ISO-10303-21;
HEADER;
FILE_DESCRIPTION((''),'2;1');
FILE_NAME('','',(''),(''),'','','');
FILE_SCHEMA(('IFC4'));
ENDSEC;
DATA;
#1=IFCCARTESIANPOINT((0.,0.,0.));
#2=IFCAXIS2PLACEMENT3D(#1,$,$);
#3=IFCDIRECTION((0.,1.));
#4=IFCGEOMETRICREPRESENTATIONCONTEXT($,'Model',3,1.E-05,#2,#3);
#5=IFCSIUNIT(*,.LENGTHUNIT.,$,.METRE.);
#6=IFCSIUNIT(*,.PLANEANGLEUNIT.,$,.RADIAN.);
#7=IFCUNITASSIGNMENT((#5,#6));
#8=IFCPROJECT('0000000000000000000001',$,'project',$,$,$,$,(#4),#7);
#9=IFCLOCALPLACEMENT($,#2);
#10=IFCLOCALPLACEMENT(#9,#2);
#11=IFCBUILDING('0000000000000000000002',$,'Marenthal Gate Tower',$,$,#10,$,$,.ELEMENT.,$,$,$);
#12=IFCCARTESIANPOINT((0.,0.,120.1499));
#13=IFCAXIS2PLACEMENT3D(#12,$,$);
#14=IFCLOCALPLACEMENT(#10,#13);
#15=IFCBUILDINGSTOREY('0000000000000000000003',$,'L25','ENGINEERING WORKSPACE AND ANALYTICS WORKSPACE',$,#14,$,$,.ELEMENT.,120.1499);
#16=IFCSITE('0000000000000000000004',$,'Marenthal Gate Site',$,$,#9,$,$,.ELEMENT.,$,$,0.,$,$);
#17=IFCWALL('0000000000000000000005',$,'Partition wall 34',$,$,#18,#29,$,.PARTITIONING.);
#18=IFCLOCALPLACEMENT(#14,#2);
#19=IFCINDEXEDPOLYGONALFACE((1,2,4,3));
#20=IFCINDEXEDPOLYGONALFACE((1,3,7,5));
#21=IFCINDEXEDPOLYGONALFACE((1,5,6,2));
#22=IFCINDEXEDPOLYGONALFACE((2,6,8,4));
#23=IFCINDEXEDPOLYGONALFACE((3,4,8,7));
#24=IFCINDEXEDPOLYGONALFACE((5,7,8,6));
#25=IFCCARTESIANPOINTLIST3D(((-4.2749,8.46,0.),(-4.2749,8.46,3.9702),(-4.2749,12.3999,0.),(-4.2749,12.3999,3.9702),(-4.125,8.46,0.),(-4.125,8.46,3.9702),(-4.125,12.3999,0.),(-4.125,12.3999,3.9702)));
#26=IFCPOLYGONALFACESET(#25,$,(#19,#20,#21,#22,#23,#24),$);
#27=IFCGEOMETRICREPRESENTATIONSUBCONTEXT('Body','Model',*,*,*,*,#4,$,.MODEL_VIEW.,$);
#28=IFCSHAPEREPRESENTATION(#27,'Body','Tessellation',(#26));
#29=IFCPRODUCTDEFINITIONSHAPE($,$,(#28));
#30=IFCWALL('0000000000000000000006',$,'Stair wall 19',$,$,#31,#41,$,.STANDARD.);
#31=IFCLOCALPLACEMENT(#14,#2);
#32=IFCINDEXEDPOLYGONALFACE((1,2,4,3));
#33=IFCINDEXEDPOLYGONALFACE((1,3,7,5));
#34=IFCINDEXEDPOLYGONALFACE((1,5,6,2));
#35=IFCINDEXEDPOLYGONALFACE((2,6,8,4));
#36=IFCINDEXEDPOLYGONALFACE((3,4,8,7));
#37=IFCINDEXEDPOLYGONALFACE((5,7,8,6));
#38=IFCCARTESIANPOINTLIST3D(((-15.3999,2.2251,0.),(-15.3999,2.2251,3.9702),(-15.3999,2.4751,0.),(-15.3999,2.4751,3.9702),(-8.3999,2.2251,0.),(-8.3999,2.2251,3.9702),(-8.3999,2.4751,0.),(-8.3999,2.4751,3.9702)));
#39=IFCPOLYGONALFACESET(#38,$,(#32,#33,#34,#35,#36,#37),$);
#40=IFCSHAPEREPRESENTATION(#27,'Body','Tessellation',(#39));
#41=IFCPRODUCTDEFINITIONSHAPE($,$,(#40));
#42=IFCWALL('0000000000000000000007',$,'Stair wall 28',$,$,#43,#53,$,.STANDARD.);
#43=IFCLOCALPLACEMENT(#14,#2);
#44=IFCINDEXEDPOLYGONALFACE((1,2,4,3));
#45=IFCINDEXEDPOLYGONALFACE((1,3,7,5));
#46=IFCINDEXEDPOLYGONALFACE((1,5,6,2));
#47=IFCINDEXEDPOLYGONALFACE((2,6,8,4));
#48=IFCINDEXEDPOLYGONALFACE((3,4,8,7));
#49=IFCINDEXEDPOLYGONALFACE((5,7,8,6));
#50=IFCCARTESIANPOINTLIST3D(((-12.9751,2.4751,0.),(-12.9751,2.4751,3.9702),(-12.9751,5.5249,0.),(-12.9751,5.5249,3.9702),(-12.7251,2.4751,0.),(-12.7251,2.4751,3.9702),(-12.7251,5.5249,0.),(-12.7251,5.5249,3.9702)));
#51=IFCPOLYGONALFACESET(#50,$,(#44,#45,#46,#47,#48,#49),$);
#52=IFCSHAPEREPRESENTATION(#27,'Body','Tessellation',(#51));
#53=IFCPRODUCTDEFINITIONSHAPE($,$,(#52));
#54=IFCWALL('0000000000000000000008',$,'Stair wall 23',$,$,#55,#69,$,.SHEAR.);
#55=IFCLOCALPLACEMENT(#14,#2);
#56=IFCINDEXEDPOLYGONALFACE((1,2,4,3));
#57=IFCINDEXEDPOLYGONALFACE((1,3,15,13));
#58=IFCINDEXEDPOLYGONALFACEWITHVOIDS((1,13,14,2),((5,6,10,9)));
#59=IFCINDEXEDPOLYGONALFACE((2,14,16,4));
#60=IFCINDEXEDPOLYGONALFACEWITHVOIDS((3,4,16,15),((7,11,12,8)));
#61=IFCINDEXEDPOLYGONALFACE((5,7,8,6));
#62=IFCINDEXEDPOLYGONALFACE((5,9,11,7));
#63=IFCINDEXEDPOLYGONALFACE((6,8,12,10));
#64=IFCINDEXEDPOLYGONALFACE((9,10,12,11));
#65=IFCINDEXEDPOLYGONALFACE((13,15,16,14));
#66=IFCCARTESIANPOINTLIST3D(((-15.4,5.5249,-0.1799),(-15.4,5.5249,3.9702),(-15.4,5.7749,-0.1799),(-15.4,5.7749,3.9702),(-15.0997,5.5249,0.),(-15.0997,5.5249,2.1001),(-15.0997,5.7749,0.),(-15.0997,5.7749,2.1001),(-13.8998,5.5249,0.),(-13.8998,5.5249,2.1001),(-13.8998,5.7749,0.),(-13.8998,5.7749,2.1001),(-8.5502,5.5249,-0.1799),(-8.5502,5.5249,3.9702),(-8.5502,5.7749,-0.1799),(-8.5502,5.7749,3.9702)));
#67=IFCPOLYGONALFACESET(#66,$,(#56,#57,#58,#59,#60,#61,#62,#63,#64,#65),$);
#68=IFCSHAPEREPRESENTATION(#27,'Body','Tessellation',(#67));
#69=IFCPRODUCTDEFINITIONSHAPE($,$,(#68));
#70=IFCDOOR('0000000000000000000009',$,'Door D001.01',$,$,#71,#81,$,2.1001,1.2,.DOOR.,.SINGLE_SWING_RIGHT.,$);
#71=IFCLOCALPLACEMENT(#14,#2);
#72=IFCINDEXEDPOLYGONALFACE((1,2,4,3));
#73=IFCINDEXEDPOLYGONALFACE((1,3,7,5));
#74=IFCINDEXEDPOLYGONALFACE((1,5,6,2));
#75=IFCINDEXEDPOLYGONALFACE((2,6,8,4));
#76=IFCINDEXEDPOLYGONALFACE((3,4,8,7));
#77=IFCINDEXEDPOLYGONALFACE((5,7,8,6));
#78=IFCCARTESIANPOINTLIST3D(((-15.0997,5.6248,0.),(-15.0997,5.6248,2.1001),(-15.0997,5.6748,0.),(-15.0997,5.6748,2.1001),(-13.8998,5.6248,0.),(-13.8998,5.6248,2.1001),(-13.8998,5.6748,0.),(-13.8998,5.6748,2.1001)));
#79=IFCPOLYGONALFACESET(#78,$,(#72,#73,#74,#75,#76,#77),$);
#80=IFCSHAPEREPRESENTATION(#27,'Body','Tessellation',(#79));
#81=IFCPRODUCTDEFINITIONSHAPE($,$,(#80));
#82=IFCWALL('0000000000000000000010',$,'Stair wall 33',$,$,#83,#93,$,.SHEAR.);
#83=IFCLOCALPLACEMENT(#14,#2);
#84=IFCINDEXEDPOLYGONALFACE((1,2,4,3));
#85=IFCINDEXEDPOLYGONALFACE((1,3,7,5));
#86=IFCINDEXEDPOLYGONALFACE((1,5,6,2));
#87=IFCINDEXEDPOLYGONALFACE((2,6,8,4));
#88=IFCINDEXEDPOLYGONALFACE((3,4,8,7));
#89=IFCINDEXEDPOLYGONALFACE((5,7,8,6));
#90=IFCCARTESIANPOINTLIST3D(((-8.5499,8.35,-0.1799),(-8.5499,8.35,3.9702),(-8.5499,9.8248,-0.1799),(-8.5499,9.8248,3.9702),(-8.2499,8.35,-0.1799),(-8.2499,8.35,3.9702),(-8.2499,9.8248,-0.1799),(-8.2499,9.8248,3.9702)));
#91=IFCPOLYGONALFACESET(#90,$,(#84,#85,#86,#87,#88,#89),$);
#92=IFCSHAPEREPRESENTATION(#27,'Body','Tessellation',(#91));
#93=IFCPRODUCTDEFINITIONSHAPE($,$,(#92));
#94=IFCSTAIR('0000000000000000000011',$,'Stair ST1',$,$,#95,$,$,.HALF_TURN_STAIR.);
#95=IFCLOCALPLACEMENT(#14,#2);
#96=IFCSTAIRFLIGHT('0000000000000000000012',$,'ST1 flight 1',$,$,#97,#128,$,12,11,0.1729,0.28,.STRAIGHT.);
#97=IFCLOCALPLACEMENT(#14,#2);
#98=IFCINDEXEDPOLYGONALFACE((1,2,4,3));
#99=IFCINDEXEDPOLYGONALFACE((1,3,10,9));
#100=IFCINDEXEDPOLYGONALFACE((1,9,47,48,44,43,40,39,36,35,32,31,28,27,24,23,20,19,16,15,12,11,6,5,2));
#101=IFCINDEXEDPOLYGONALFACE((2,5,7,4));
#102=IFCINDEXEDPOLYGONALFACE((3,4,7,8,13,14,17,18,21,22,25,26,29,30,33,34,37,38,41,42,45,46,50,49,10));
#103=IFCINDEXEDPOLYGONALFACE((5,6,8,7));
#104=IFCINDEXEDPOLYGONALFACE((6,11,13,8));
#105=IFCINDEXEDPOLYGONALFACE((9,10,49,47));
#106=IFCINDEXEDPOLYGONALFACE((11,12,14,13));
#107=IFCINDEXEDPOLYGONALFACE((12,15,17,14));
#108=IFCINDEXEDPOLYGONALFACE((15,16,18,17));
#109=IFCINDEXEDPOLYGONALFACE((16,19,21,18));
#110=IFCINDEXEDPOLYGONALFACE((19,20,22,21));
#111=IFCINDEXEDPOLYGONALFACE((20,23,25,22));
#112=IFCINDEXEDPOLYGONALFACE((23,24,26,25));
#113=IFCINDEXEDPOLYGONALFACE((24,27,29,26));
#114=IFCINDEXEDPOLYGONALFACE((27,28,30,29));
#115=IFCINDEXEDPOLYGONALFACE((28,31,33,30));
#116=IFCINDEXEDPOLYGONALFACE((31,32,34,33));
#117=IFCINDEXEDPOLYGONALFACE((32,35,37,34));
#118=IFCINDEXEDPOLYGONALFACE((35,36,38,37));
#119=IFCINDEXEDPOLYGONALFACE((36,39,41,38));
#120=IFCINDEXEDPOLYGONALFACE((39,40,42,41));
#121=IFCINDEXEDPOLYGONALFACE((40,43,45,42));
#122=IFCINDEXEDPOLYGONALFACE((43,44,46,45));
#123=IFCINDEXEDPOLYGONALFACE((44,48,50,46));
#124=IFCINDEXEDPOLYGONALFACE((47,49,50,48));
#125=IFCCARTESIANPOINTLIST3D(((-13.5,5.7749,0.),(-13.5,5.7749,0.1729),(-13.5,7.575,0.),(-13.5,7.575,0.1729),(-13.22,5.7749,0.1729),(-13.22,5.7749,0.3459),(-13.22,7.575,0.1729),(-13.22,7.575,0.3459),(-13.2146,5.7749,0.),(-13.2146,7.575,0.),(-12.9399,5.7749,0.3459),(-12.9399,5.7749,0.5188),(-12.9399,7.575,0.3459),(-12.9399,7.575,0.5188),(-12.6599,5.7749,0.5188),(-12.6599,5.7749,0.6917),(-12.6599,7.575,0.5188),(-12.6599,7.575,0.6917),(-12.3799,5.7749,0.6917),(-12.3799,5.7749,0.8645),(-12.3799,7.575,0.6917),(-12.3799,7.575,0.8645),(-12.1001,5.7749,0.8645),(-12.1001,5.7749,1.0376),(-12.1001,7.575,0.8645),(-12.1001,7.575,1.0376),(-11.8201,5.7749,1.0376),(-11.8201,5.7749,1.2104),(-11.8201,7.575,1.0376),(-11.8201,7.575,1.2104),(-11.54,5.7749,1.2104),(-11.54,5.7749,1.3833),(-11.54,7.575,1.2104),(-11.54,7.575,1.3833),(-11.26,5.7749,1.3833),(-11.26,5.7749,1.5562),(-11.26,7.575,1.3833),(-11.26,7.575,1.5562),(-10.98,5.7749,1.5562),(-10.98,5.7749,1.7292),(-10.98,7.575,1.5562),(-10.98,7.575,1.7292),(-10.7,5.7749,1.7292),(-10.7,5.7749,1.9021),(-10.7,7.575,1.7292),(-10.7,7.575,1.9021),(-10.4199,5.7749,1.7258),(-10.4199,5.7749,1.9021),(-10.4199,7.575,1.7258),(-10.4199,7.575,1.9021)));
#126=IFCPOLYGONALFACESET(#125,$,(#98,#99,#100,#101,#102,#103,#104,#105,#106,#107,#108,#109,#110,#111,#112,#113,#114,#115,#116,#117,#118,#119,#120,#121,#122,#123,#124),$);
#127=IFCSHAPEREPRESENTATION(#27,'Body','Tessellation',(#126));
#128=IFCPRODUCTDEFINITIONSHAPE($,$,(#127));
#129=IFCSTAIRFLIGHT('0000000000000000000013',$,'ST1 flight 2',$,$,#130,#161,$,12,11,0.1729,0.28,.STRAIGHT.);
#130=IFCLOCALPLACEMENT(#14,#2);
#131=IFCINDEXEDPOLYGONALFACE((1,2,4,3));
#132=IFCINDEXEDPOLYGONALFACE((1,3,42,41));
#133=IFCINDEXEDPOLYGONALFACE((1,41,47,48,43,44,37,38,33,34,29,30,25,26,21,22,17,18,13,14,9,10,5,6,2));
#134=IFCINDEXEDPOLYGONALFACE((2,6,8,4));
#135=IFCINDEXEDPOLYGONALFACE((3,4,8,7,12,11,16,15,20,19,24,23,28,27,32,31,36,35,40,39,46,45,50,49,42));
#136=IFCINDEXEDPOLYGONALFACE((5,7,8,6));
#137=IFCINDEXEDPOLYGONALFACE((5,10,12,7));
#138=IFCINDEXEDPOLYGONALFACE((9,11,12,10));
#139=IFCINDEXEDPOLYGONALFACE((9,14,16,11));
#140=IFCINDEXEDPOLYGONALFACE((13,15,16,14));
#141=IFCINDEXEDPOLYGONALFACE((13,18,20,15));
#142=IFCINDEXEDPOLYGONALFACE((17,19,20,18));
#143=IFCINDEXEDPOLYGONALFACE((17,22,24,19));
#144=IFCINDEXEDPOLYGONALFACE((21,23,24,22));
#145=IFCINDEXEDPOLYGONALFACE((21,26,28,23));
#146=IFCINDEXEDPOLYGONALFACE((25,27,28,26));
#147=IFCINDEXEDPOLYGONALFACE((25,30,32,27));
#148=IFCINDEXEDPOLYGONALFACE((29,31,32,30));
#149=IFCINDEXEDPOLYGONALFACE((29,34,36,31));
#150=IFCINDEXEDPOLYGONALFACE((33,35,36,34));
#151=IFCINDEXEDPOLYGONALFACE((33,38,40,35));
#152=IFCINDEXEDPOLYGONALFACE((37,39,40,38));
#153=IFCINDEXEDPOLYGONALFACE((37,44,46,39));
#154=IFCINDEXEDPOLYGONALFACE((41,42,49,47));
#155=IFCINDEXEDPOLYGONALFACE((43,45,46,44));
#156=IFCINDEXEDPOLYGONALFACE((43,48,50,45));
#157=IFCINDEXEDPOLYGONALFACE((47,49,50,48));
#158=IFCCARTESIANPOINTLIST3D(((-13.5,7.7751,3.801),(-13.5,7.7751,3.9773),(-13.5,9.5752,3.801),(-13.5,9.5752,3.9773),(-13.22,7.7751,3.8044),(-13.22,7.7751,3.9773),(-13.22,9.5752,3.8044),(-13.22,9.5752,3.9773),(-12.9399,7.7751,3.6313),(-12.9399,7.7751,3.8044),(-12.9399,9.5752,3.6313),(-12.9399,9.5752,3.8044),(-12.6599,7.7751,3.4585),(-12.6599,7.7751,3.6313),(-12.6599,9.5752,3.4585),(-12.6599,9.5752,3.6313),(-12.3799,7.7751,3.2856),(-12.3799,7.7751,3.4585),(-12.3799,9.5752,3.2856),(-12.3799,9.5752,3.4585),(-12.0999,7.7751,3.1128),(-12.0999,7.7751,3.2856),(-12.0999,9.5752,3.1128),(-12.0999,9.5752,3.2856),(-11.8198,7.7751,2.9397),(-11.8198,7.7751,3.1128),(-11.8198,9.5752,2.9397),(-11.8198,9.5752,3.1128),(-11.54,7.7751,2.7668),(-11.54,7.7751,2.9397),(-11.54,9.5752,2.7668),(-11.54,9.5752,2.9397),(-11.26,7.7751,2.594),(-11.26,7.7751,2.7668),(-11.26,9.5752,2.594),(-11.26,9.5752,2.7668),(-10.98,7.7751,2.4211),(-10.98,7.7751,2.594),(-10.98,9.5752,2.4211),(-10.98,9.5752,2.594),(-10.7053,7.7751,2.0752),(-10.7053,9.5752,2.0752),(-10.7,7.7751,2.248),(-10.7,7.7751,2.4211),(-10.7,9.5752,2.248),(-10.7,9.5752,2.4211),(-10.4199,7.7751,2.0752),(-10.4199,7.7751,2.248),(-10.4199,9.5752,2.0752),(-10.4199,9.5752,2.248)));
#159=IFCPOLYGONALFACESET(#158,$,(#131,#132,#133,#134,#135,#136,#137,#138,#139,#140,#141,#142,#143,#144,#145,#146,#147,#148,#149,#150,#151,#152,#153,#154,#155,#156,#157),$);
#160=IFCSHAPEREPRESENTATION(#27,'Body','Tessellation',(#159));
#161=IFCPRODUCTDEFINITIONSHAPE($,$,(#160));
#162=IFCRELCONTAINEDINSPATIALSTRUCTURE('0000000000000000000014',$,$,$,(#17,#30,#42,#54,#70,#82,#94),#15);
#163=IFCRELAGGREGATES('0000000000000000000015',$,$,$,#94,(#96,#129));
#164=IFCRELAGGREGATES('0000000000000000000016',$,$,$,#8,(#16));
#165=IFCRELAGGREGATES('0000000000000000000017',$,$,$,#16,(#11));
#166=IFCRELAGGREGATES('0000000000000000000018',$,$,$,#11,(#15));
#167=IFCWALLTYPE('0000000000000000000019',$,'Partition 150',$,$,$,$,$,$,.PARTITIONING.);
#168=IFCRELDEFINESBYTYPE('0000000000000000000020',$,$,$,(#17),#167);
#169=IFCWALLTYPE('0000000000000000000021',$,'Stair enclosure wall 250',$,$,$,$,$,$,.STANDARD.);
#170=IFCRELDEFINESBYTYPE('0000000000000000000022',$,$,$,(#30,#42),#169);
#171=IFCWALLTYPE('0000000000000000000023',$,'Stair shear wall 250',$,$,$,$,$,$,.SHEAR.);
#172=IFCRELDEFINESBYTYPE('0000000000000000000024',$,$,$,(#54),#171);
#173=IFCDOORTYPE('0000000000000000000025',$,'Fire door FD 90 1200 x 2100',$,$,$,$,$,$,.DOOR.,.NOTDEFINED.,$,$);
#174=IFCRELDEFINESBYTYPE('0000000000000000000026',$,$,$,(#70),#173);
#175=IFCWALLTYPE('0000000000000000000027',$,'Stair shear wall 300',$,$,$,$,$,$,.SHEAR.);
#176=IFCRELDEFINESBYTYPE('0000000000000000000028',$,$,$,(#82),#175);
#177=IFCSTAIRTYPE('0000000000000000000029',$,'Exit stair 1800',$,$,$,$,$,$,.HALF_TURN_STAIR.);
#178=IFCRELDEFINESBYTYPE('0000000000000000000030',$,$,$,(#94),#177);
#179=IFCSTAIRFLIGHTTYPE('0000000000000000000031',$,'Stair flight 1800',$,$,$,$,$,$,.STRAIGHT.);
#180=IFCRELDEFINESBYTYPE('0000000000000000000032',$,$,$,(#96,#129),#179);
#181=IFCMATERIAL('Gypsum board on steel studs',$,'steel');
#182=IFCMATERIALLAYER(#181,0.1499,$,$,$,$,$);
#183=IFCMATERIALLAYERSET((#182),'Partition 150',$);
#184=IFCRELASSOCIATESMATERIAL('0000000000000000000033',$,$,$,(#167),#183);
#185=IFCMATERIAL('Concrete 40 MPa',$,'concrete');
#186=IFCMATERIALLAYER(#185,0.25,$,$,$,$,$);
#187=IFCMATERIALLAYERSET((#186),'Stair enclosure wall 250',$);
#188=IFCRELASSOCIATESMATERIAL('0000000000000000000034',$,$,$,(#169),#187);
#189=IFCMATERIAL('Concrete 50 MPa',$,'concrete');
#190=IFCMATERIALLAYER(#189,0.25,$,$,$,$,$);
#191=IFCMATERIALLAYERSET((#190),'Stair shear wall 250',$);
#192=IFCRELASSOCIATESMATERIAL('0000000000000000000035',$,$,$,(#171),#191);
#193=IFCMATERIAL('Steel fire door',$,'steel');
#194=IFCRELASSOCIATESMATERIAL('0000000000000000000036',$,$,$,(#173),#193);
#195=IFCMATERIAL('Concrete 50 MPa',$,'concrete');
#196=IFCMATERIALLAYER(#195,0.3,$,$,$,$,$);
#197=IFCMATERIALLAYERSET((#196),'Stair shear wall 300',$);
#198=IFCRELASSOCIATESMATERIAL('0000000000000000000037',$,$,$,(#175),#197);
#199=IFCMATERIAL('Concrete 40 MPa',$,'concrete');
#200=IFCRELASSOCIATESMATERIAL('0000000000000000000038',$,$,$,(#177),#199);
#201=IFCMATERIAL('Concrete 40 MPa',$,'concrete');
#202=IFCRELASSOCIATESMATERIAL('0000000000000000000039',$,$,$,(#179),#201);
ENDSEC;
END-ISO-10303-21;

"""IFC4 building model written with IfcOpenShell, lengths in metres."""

from ifc_helpers import new_model, si_unit, direction, frame, frame_2d, origin, place, context, subcontext, project, spatial, polyline, rectangle, outline, extrude, material, layer, layer_set, type_object, element, fill, aggregate, save


model = new_model("IFC4")

# Units and contexts
model_context = context("Model", 3, precision=1e-05, world=origin(), true_north=direction((0.0, 1.0)))
body_context = subcontext(model_context, "Body", "Model", "MODEL_VIEW")
ifc_project = project(units=[si_unit("LENGTHUNIT", "METRE"), si_unit("PLANEANGLEUNIT", "RADIAN")], contexts=[model_context])

# Site, building, storey
site_placement = place(None, origin())
site = spatial("IfcSite", under=ifc_project, at=site_placement, Name="Marenthal Gate Site", CompositionType="ELEMENT", RefElevation=0.0)
building_placement = place(site_placement, origin())
building = spatial("IfcBuilding", under=site, at=building_placement, Name="Marenthal Gate Tower", CompositionType="ELEMENT")
storey_placement = place(building_placement, frame((0.0, 0.0, 120.1499)))
storey = spatial("IfcBuildingStorey", under=building, at=storey_placement, Name="L25", Description="ENGINEERING WORKSPACE AND ANALYTICS WORKSPACE", CompositionType="ELEMENT", Elevation=120.1499)

# Walls
ifc_material_1 = material(Name="Gypsum board on steel studs", Category="steel")
ifc_layer_1 = layer(ifc_material_1, 0.1499)
ifc_layer_set_1 = layer_set([ifc_layer_1], Name="Partition 150")
wall_type_1 = type_object("IfcWallType", Name="Partition 150", PredefinedType="PARTITIONING", material=ifc_layer_set_1)
wall_1_placement = place(storey_placement, frame((-4.2, 8.46, 0.0), z_axis=(0.0, 0.0, 1.0), x_axis=(0.0, 1.0, 0.0)))
element("IfcWall", 1, at=wall_1_placement, inside=storey, type_object=wall_type_1, Name="Partition wall 34", PredefinedType="PARTITIONING", context=body_context, shape_type="SweptSolid", body=[
    extrude(rectangle(XDim=3.9399, YDim=0.1499, at=frame_2d((1.97, 0.0))), origin(), (0.0, 0.0, 1.0), 3.9702),
])
ifc_material_2 = material(Name="Concrete 40 MPa", Category="concrete")
ifc_layer_2 = layer(ifc_material_2, 0.25)
ifc_layer_set_2 = layer_set([ifc_layer_2], Name="Stair enclosure wall 250")
wall_type_2 = type_object("IfcWallType", Name="Stair enclosure wall 250", PredefinedType="STANDARD", material=ifc_layer_set_2)
wall_2_placement = place(storey_placement, frame((-15.3999, 2.3501, 0.0), z_axis=(0.0, 0.0, 1.0), x_axis=(1.0, 0.0, 0.0)))
element("IfcWall", 2, at=wall_2_placement, inside=storey, type_object=wall_type_2, Name="Stair wall 19", PredefinedType="STANDARD", context=body_context, shape_type="SweptSolid", body=[
    extrude(rectangle(XDim=7.0, YDim=0.25, at=frame_2d((3.5, 0.0))), origin(), (0.0, 0.0, 1.0), 3.9702),
])
wall_3_placement = place(storey_placement, frame((-12.8501, 2.4751, 0.0), z_axis=(0.0, 0.0, 1.0), x_axis=(0.0, 1.0, 0.0)))
element("IfcWall", 3, at=wall_3_placement, inside=storey, type_object=wall_type_2, Name="Stair wall 28", PredefinedType="STANDARD", context=body_context, shape_type="SweptSolid", body=[
    extrude(rectangle(XDim=3.0498, YDim=0.25, at=frame_2d((1.5249, 0.0))), origin(), (0.0, 0.0, 1.0), 3.9702),
])

# Wall, opening, door
ifc_material_3 = material(Name="Concrete 50 MPa", Category="concrete")
ifc_layer_3 = layer(ifc_material_3, 0.25)
ifc_layer_set_3 = layer_set([ifc_layer_3], Name="Stair shear wall 250")
wall_type_3 = type_object("IfcWallType", Name="Stair shear wall 250", PredefinedType="SHEAR", material=ifc_layer_set_3)
wall_4_placement = place(storey_placement, frame((-15.3999, 5.6499, -0.1799), z_axis=(0.0, 0.0, 1.0), x_axis=(1.0, 0.0, 0.0)))
wall_4 = element("IfcWall", 4, at=wall_4_placement, inside=storey, type_object=wall_type_3, Name="Stair wall 23", PredefinedType="SHEAR", context=body_context, shape_type="SweptSolid", body=[
    extrude(rectangle(XDim=6.8499, YDim=0.25, at=frame_2d((3.4248, 0.0))), origin(), (0.0, 0.0, 1.0), 4.1501),
])
opening_1_placement = place(wall_4_placement, frame((0.3, 0.0, 0.1799)))
opening_1 = element("IfcOpeningElement", 5, at=opening_1_placement, cuts=wall_4, PredefinedType="OPENING", context=body_context, shape_type="SweptSolid", body=[
    extrude(rectangle(XDim=1.2, YDim=2.1001, at=frame_2d((0.6001, 1.05))), frame((0.0, 0.135, 0.0), z_axis=(0.0, -1.0, 0.0), x_axis=(1.0, 0.0, 0.0)), (0.0, 0.0, 1.0), 0.27),
])
ifc_material_4 = material(Name="Steel fire door", Category="steel")
door_type_1 = type_object("IfcDoorType", Name="Fire door FD 90 1200 x 2100", OperationType="NOTDEFINED", PredefinedType="DOOR", material=ifc_material_4)
door_1_placement = place(opening_1_placement, origin())
door_1 = element("IfcDoor", 6, at=door_1_placement, inside=storey, type_object=door_type_1, Name="Door D001.01", OperationType="SINGLE_SWING_RIGHT", OverallHeight=2.1001, OverallWidth=1.2, PredefinedType="DOOR", context=body_context, shape_type="SweptSolid", body=[
    extrude(rectangle(XDim=1.2, YDim=2.1001, at=frame_2d((0.6001, 1.05))), frame((0.0, 0.0249, 0.0), z_axis=(0.0, -1.0, 0.0), x_axis=(1.0, 0.0, 0.0)), (0.0, 0.0, 1.0), 0.05),
])
fill(opening_1, door_1)

# Wall
ifc_material_5 = material(Name="Concrete 50 MPa", Category="concrete")
ifc_layer_4 = layer(ifc_material_5, 0.3)
ifc_layer_set_4 = layer_set([ifc_layer_4], Name="Stair shear wall 300")
wall_type_4 = type_object("IfcWallType", Name="Stair shear wall 300", PredefinedType="SHEAR", material=ifc_layer_set_4)
wall_5_placement = place(storey_placement, frame((-8.3999, 8.3501, -0.1799), z_axis=(0.0, 0.0, 1.0), x_axis=(0.0, 1.0, 0.0)))
element("IfcWall", 7, at=wall_5_placement, inside=storey, type_object=wall_type_4, Name="Stair wall 33", PredefinedType="SHEAR", context=body_context, shape_type="SweptSolid", body=[
    extrude(rectangle(XDim=1.4749, YDim=0.3, at=frame_2d((0.7373, 0.0))), origin(), (0.0, 0.0, 1.0), 4.1501),
])

# Stair, stair flights
ifc_material_6 = material(Name="Concrete 40 MPa", Category="concrete")
stair_type = type_object("IfcStairType", Name="Exit stair 1800", PredefinedType="HALF_TURN_STAIR", material=ifc_material_6)
stair_placement = place(storey_placement, origin())
stair = element("IfcStair", 8, at=stair_placement, inside=storey, type_object=stair_type, Name="Stair ST1", PredefinedType="HALF_TURN_STAIR")
ifc_material_7 = material(Name="Concrete 40 MPa", Category="concrete")
stair_flight_type = type_object("IfcStairFlightType", Name="Stair flight 1800", PredefinedType="STRAIGHT", material=ifc_material_7)
stair_flight_1_placement = place(storey_placement, frame((-13.5, 6.675, 0.0), z_axis=(0.0, 0.0, 1.0), x_axis=(1.0, 0.0, 0.0)))
stair_flight_1 = element("IfcStairFlight", 9, at=stair_flight_1_placement, type_object=stair_flight_type, Name="ST1 flight 1", NumberOfRisers=12, NumberOfTreads=11, PredefinedType="STRAIGHT", RiserHeight=0.1729, TreadLength=0.28, context=body_context, shape_type="SweptSolid", body=[
    extrude(outline(polyline([(0.0, 0.0), (0.0, 0.1729), (0.28, 0.1729), (0.28, 0.3459), (0.5601, 0.3459), (0.5601, 0.5188), (0.8401, 0.5188), (0.8401, 0.6917), (1.1201, 0.6917), (1.1201, 0.8645), (1.3999, 0.8645), (1.3999, 1.0376), (1.6799, 1.0376), (1.6799, 1.2104), (1.96, 1.2104), (1.96, 1.3833), (2.24, 1.3833), (2.24, 1.5562), (2.52, 1.5562), (2.52, 1.7292), (2.8, 1.7292), (2.8, 1.9021), (3.0801, 1.9021), (3.0801, 2.075), (3.0801, 1.7258), (0.2854, 0.0), (0.0, 0.0)])), frame((0.0, 0.8999, 0.0), z_axis=(0.0, -1.0, 0.0), x_axis=(1.0, 0.0, 0.0)), (0.0, 0.0, 1.0), 1.8),
])
stair_flight_2_placement = place(storey_placement, frame((-10.4199, 8.675, 2.0752), z_axis=(0.0, 0.0, 1.0), x_axis=(-1.0, 0.0, 0.0)))
stair_flight_2 = element("IfcStairFlight", 10, at=stair_flight_2_placement, type_object=stair_flight_type, Name="ST1 flight 2", NumberOfRisers=12, NumberOfTreads=11, PredefinedType="STRAIGHT", RiserHeight=0.1729, TreadLength=0.28, context=body_context, shape_type="SweptSolid", body=[
    extrude(outline(polyline([(0.0, 0.0), (0.0, 0.1729), (0.28, 0.1729), (0.28, 0.3459), (0.5601, 0.3459), (0.5601, 0.5188), (0.8401, 0.5188), (0.8401, 0.6917), (1.1201, 0.6917), (1.1201, 0.8645), (1.3999, 0.8645), (1.3999, 1.0376), (1.6799, 1.0376), (1.6799, 1.2104), (1.96, 1.2104), (1.96, 1.3833), (2.24, 1.3833), (2.24, 1.5562), (2.52, 1.5562), (2.52, 1.7292), (2.8, 1.7292), (2.8, 1.9021), (3.0801, 1.9021), (3.0801, 2.075), (3.0801, 1.7258), (0.2854, 0.0), (0.0, 0.0)])), frame((0.0, 0.8999, 0.0), z_axis=(0.0, -1.0, 0.0), x_axis=(1.0, 0.0, 0.0)), (0.0, 0.0, 1.0), 1.8),
])
aggregate(stair, [stair_flight_1, stair_flight_2])

save(model, "model.ifc")
